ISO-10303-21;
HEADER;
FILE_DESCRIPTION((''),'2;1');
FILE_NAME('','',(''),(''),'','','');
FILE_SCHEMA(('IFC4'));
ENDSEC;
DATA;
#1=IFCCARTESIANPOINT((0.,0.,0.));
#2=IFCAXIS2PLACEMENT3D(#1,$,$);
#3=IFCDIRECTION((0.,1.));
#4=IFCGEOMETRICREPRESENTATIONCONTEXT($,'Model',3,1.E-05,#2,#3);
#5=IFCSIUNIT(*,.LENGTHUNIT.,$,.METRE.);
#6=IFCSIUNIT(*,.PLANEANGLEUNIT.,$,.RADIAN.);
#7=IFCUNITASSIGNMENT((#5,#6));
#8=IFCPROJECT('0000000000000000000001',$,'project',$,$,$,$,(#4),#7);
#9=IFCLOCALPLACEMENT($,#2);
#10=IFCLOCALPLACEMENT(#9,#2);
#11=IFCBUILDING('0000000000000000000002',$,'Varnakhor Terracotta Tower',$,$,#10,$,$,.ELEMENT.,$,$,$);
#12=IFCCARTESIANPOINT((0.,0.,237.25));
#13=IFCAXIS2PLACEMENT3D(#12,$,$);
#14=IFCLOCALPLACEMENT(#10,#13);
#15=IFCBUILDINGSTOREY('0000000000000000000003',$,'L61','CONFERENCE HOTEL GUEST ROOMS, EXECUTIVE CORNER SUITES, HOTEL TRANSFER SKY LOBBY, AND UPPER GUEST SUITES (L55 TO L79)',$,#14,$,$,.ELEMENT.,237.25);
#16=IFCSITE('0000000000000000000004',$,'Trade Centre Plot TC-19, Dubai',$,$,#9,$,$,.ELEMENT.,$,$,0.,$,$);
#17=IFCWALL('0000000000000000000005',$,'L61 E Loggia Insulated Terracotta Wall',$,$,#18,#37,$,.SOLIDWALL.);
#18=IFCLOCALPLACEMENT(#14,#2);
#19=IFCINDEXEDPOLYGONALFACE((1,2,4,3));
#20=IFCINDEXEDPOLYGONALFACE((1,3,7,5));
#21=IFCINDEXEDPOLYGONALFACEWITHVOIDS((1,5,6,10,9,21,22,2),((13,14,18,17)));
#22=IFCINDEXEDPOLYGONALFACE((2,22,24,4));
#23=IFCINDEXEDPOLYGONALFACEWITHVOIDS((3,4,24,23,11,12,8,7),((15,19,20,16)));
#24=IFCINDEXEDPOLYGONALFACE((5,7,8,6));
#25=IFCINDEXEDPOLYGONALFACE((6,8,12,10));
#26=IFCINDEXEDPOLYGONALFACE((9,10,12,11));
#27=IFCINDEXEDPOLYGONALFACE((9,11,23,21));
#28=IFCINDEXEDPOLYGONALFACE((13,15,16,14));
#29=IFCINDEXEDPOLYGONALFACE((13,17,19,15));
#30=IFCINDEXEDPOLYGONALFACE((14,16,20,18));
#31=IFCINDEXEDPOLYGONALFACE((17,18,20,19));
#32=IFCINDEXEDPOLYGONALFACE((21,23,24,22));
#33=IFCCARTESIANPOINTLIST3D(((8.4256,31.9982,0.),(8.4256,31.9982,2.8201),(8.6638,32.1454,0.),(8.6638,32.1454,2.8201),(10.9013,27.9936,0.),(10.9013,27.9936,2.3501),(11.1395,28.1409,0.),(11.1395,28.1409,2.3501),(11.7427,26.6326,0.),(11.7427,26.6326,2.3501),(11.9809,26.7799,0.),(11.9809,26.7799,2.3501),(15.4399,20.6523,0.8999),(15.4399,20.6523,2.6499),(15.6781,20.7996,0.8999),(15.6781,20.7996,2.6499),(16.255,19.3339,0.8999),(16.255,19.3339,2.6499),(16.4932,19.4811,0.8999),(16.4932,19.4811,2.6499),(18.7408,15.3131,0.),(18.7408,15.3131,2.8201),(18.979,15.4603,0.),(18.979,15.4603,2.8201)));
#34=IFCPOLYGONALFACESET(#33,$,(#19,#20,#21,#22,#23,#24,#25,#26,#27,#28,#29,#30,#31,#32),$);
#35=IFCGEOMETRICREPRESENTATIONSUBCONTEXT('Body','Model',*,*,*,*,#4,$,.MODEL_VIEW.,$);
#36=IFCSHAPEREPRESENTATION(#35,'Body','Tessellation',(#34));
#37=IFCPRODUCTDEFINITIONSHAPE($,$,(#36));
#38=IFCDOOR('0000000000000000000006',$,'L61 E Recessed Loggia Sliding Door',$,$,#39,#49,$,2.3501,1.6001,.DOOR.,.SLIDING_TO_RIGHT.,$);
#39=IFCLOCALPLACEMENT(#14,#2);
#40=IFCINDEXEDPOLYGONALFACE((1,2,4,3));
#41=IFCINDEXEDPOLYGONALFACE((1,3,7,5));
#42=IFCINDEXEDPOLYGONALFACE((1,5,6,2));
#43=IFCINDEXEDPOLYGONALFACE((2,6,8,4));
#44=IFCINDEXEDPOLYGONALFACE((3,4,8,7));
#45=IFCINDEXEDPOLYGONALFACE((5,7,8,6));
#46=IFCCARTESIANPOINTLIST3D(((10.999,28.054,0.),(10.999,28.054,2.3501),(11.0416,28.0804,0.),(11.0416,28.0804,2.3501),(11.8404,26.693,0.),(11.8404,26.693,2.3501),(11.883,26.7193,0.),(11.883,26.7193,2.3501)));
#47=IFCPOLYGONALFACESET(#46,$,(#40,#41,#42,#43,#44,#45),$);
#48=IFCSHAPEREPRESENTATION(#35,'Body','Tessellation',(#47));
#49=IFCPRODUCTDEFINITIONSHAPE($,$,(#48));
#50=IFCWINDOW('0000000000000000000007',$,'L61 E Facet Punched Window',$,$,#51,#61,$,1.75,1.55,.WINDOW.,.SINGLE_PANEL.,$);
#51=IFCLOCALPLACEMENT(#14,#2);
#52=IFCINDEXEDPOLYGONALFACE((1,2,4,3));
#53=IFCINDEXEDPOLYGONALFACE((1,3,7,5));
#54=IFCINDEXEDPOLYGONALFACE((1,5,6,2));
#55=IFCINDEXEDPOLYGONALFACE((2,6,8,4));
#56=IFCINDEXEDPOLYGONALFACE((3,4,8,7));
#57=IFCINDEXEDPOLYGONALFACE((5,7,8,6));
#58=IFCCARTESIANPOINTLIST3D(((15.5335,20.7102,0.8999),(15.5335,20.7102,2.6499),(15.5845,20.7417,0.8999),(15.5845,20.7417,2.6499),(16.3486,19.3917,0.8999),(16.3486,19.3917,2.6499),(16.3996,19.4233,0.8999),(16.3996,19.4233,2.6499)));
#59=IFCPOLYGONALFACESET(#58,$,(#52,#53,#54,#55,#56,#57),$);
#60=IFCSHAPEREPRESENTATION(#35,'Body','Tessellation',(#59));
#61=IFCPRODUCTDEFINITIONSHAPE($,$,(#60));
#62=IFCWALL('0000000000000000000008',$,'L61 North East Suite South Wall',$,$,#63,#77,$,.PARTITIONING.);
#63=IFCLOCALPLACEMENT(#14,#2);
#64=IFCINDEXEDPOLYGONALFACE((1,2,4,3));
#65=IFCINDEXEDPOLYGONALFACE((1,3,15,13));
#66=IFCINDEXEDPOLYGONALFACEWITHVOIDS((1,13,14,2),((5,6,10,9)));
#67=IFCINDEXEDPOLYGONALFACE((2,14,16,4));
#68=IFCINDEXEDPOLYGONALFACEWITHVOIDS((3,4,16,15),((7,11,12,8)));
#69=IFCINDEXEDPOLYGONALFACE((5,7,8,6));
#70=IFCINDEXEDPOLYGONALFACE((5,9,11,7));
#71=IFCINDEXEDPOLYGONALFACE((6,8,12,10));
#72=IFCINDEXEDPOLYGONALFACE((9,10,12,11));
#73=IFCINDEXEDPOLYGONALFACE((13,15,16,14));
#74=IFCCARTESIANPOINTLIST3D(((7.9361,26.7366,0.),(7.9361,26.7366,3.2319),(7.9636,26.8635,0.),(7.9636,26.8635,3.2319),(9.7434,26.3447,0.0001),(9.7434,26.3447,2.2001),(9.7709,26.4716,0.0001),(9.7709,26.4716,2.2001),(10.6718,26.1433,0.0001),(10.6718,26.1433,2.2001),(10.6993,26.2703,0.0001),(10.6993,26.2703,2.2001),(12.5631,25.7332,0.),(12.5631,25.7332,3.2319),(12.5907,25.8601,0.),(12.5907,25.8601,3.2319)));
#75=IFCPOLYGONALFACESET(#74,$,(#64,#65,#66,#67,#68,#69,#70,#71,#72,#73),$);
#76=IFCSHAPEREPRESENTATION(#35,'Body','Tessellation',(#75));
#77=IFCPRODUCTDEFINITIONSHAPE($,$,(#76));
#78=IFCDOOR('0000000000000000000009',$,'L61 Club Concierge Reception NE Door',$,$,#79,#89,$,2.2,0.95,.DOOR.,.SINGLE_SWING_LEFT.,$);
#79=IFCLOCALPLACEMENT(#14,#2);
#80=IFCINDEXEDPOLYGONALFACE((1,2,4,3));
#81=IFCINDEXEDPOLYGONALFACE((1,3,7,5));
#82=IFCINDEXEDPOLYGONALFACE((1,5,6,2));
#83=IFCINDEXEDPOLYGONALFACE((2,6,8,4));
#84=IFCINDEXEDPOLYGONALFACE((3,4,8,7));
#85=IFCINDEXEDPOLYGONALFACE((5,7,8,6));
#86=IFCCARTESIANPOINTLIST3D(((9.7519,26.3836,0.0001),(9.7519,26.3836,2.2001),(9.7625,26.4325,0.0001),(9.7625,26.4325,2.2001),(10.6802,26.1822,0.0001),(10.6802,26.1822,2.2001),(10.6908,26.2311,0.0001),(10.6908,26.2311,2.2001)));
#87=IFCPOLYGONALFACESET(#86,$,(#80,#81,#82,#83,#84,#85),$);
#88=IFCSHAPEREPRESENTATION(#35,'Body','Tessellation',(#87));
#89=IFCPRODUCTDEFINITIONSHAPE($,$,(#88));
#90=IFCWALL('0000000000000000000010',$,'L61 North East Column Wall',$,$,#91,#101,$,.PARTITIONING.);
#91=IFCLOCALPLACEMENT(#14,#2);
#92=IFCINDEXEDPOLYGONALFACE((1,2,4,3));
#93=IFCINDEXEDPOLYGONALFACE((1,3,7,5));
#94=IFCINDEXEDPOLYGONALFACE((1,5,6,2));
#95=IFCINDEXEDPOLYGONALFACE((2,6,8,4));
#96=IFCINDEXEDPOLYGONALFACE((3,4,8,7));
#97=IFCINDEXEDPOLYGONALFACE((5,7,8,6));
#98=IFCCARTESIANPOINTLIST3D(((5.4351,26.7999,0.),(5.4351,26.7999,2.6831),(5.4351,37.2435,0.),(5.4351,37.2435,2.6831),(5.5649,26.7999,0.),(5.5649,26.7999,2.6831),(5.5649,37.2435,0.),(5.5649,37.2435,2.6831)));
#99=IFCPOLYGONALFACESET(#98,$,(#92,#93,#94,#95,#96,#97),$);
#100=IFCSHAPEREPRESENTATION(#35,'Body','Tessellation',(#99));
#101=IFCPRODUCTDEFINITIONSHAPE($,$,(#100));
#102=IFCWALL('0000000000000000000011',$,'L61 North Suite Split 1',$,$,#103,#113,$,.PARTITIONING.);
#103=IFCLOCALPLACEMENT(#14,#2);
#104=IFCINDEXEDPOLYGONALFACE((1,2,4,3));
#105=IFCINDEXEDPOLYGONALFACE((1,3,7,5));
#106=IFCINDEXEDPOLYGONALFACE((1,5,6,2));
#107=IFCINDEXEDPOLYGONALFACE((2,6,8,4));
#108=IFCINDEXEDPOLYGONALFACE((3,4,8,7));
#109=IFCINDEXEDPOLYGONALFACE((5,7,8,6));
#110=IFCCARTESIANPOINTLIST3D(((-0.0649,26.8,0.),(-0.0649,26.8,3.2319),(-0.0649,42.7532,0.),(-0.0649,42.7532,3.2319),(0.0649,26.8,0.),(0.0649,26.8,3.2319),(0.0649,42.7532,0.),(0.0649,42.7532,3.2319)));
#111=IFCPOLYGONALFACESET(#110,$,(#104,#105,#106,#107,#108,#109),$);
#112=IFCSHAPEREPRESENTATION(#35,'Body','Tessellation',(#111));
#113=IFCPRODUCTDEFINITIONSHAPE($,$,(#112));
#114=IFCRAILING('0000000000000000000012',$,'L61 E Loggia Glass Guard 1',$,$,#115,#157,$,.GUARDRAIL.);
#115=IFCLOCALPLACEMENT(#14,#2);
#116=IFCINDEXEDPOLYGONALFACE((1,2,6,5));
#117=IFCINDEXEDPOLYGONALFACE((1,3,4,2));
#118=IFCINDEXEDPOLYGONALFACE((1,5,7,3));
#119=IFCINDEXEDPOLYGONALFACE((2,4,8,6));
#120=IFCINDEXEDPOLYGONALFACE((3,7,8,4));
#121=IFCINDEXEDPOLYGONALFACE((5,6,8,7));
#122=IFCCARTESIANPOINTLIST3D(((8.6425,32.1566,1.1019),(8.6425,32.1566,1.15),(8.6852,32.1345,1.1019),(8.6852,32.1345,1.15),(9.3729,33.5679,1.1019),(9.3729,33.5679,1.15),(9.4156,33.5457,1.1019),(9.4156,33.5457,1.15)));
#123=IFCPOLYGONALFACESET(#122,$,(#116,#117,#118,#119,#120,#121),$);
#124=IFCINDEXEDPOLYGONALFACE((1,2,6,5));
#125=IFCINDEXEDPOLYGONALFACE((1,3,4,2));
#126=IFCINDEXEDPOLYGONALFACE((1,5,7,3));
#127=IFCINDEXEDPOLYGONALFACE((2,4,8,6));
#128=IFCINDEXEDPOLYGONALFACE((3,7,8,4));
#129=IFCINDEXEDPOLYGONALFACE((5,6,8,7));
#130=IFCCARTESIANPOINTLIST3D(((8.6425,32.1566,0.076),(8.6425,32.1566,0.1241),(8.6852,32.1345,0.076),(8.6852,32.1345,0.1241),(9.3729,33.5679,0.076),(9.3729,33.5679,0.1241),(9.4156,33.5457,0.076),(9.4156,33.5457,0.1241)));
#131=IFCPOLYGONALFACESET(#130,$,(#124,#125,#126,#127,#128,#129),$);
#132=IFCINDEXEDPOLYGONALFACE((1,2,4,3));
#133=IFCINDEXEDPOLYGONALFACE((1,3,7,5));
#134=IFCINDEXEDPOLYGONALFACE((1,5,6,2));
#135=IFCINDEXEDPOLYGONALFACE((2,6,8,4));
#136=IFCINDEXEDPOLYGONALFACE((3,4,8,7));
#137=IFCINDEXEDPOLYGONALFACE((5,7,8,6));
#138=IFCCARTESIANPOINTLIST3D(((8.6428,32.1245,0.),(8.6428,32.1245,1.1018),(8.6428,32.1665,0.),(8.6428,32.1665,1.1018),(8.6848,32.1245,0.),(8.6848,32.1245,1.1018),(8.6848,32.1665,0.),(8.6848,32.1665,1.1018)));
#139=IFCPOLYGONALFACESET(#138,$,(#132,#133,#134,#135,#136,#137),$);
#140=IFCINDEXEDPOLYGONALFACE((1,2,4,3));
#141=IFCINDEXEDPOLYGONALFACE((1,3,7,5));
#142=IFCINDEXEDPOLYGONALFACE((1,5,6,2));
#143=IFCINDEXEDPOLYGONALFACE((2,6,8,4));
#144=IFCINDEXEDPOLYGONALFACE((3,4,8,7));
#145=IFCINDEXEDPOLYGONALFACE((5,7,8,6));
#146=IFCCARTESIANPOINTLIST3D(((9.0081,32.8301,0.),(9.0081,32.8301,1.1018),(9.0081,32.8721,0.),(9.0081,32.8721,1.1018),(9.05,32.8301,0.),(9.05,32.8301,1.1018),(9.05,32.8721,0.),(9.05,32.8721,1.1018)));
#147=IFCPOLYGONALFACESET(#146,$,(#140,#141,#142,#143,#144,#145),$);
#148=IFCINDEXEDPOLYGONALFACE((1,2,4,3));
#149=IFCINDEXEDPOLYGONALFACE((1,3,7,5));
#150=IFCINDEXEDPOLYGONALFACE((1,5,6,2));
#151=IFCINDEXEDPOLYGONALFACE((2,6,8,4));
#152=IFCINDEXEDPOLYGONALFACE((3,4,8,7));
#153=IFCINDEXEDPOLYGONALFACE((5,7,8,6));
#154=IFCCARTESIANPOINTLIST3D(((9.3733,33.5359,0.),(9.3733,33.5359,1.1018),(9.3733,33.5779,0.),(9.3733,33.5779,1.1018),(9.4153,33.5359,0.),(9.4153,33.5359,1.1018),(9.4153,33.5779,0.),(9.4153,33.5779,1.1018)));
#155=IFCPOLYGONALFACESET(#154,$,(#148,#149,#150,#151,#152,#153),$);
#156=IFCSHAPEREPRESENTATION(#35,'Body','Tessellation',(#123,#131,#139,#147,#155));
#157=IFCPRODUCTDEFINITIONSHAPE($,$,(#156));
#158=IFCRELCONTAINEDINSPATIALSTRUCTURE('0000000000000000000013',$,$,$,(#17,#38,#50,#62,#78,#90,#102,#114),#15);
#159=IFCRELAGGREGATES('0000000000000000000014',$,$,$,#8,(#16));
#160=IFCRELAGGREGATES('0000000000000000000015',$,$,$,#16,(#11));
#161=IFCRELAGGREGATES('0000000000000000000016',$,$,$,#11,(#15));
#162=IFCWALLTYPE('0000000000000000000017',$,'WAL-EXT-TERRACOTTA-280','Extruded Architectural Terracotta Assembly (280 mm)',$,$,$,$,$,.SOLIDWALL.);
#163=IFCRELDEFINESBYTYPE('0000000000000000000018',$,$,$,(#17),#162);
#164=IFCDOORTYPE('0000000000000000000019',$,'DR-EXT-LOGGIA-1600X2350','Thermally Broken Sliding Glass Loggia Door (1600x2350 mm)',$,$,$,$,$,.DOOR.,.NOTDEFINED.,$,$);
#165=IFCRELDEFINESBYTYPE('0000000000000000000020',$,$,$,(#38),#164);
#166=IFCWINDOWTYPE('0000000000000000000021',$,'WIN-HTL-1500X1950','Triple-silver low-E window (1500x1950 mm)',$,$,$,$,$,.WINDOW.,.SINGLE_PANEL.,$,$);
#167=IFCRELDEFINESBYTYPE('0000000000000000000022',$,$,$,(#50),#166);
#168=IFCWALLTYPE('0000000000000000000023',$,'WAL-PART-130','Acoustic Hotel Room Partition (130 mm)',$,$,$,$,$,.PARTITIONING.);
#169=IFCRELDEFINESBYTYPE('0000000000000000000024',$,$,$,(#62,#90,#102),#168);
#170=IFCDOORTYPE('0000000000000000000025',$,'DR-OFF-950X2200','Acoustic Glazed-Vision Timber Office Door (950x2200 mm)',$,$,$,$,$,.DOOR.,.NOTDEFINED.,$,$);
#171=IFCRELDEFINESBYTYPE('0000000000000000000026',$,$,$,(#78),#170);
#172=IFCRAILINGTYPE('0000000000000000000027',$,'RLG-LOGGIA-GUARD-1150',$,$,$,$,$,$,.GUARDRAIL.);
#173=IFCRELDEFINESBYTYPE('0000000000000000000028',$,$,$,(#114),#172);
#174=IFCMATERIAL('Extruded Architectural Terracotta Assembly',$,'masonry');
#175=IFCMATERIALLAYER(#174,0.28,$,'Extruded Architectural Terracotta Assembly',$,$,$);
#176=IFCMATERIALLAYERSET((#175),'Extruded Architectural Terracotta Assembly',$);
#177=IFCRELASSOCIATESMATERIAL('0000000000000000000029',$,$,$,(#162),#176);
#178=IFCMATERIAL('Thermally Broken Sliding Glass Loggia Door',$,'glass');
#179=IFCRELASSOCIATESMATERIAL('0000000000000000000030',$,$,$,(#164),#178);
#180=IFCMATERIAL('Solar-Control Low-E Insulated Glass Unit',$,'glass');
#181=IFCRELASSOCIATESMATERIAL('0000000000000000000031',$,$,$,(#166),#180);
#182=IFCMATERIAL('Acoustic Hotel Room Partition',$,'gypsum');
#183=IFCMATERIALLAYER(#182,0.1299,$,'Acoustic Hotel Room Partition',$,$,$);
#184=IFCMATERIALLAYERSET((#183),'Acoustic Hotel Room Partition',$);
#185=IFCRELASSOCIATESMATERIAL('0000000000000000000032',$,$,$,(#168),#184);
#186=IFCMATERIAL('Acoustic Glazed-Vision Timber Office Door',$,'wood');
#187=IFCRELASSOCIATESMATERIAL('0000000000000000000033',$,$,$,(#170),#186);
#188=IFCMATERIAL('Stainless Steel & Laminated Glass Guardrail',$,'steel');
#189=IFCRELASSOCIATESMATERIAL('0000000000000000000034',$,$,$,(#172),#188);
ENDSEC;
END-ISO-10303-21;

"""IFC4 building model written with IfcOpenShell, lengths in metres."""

from ifc_helpers import new_model, si_unit, direction, frame, frame_2d, origin, origin_2d, place, context, subcontext, project, spatial, rectangle, extrude, source, transform, mapped, material, layer, layer_set, type_object, type_shapes, element, fill, save


model = new_model("IFC4")

# Units and contexts
model_context = context("Model", 3, precision=1e-05, world=origin(), true_north=direction((0.0, 1.0)))
body_context = subcontext(model_context, "Body", "Model", "MODEL_VIEW")
ifc_project = project(units=[si_unit("LENGTHUNIT", "METRE"), si_unit("PLANEANGLEUNIT", "RADIAN")], contexts=[model_context])

# Site, building, storey
site_placement = place(None, origin())
site = spatial("IfcSite", under=ifc_project, at=site_placement, Name="Trade Centre Plot TC-19, Dubai", CompositionType="ELEMENT", RefElevation=0.0)
building_placement = place(site_placement, origin())
building = spatial("IfcBuilding", under=site, at=building_placement, Name="Varnakhor Terracotta Tower", CompositionType="ELEMENT")
storey_placement = place(building_placement, frame((0.0, 0.0, 237.25)))
storey = spatial("IfcBuildingStorey", under=building, at=storey_placement, Name="L61", Description="CONFERENCE HOTEL GUEST ROOMS, EXECUTIVE CORNER SUITES, HOTEL TRANSFER SKY LOBBY, AND UPPER GUEST SUITES (L55 TO L79)", CompositionType="ELEMENT", Elevation=237.25)

# Wall, openings, door, window
ifc_material_1 = material(Name="Extruded Architectural Terracotta Assembly", Category="masonry")
ifc_layer_1 = layer(ifc_material_1, 0.28, Name="Extruded Architectural Terracotta Assembly")
ifc_layer_set_1 = layer_set([ifc_layer_1], Name="Extruded Architectural Terracotta Assembly")
wall_type_1 = type_object("IfcWallType", Name="WAL-EXT-TERRACOTTA-280", Description="Extruded Architectural Terracotta Assembly (280 mm)", PredefinedType="SOLIDWALL", material=ifc_layer_set_1)
wall_1_placement = place(storey_placement, frame((8.5447, 32.0718, 0.0), z_axis=(0.0, 0.0, 1.0), x_axis=(0.525851, -0.850577, 0.0)))
wall_1 = element("IfcWall", 1, at=wall_1_placement, inside=storey, type_object=wall_type_1, Name="L61 E Loggia Insulated Terracotta Wall", PredefinedType="SOLIDWALL", context=body_context, shape_type="SweptSolid", body=[
    extrude(rectangle(XDim=19.6162, YDim=0.28, at=frame_2d((9.8081, 0.0))), origin(), (0.0, 0.0, 1.0), 2.8201),
])
opening_1_placement = place(wall_1_placement, frame((4.708, 0.0, 0.0)))
opening_1 = element("IfcOpeningElement", 2, at=opening_1_placement, cuts=wall_1, PredefinedType="OPENING", context=body_context, shape_type="SweptSolid", body=[
    extrude(rectangle(XDim=1.6001, YDim=2.3501, at=frame_2d((0.8, 1.175))), frame((0.0, 0.1499, 0.0), z_axis=(0.0, -1.0, 0.0), x_axis=(1.0, 0.0, 0.0)), (0.0, 0.0, 1.0), 0.3),
])
opening_2_placement = place(wall_1_placement, frame((13.3391, 0.0, 0.8999)))
opening_2 = element("IfcOpeningElement", 3, at=opening_2_placement, cuts=wall_1, PredefinedType="OPENING", context=body_context, shape_type="SweptSolid", body=[
    extrude(rectangle(XDim=1.55, YDim=1.75, at=frame_2d((0.7749, 0.875))), frame((0.0, 0.1499, 0.0), z_axis=(0.0, -1.0, 0.0), x_axis=(1.0, 0.0, 0.0)), (0.0, 0.0, 1.0), 0.3),
])
ifc_material_2 = material(Name="Thermally Broken Sliding Glass Loggia Door", Category="glass")
door_type_1 = type_object("IfcDoorType", Name="DR-EXT-LOGGIA-1600X2350", Description="Thermally Broken Sliding Glass Loggia Door (1600x2350 mm)", OperationType="NOTDEFINED", PredefinedType="DOOR", material=ifc_material_2)
shared_shape_1 = source(origin(), body_context, "Body", "SweptSolid", [
    extrude(rectangle(XDim=1.6001, YDim=2.3501, at=frame_2d((0.8, 1.175))), frame((0.0, 0.0249, 0.0), z_axis=(0.0, -1.0, 0.0), x_axis=(1.0, 0.0, 0.0)), (0.0, 0.0, 1.0), 0.05),
])
type_shapes(door_type_1, [shared_shape_1])
door_1_placement = place(opening_1_placement, origin())
door_1 = element("IfcDoor", 4, at=door_1_placement, inside=storey, type_object=door_type_1, Name="L61 E Recessed Loggia Sliding Door", OperationType="SLIDING_TO_RIGHT", OverallHeight=2.3501, OverallWidth=1.6001, PredefinedType="DOOR", context=body_context, shape_type="MappedRepresentation", body=[
    mapped(shared_shape_1, transform((0.0, 0.0, 0.0), scale=1.0)),
])
fill(opening_1, door_1)
ifc_material_3 = material(Name="Solar-Control Low-E Insulated Glass Unit", Category="glass")
window_type = type_object("IfcWindowType", Name="WIN-HTL-1500X1950", Description="Triple-silver low-E window (1500x1950 mm)", PartitioningType="SINGLE_PANEL", PredefinedType="WINDOW", material=ifc_material_3)
shared_shape_2 = source(origin(), body_context, "Body", "SweptSolid", [
    extrude(rectangle(XDim=1.55, YDim=1.75, at=frame_2d((0.7749, 0.875))), frame((0.0, 0.03, 0.0), z_axis=(0.0, -1.0, 0.0), x_axis=(1.0, 0.0, 0.0)), (0.0, 0.0, 1.0), 0.0601),
])
type_shapes(window_type, [shared_shape_2])
window_placement = place(opening_2_placement, origin())
window = element("IfcWindow", 5, at=window_placement, inside=storey, type_object=window_type, Name="L61 E Facet Punched Window", OverallHeight=1.75, OverallWidth=1.55, PartitioningType="SINGLE_PANEL", PredefinedType="WINDOW", context=body_context, shape_type="MappedRepresentation", body=[
    mapped(shared_shape_2, transform((0.0, 0.0, 0.0), scale=1.0)),
])
fill(opening_2, window)

# Wall, opening, door
ifc_material_4 = material(Name="Acoustic Hotel Room Partition", Category="gypsum")
ifc_layer_2 = layer(ifc_material_4, 0.1299, Name="Acoustic Hotel Room Partition")
ifc_layer_set_2 = layer_set([ifc_layer_2], Name="Acoustic Hotel Room Partition")
wall_type_2 = type_object("IfcWallType", Name="WAL-PART-130", Description="Acoustic Hotel Room Partition (130 mm)", PredefinedType="PARTITIONING", material=ifc_layer_set_2)
wall_2_placement = place(storey_placement, frame((7.95, 26.8, 0.0), z_axis=(0.0, 0.0, 1.0), x_axis=(0.977283, -0.211937, 0.0)))
wall_2 = element("IfcWall", 6, at=wall_2_placement, inside=storey, type_object=wall_type_2, Name="L61 North East Suite South Wall", PredefinedType="PARTITIONING", context=body_context, shape_type="SweptSolid", body=[
    extrude(rectangle(XDim=4.7346, YDim=0.1299, at=frame_2d((2.3672, 0.0))), origin(), (0.0, 0.0, 1.0), 3.2319),
])
opening_3_placement = place(wall_2_placement, frame((1.8491, 0.0, 0.0)))
opening_3 = element("IfcOpeningElement", 7, at=opening_3_placement, cuts=wall_2, PredefinedType="OPENING", context=body_context, shape_type="SweptSolid", body=[
    extrude(rectangle(XDim=0.95, YDim=2.2, at=frame_2d((0.4751, 1.1001))), frame((0.0, 0.075, 0.0), z_axis=(0.0, -1.0, 0.0), x_axis=(1.0, 0.0, 0.0)), (0.0, 0.0, 1.0), 0.1499),
])
ifc_material_5 = material(Name="Acoustic Glazed-Vision Timber Office Door", Category="wood")
door_type_2 = type_object("IfcDoorType", Name="DR-OFF-950X2200", Description="Acoustic Glazed-Vision Timber Office Door (950x2200 mm)", OperationType="NOTDEFINED", PredefinedType="DOOR", material=ifc_material_5)
shared_shape_3 = source(origin(), body_context, "Body", "SweptSolid", [
    extrude(rectangle(XDim=0.95, YDim=2.2, at=frame_2d((0.4751, 1.1001))), frame((0.0, 0.0249, 0.0), z_axis=(0.0, -1.0, 0.0), x_axis=(1.0, 0.0, 0.0)), (0.0, 0.0, 1.0), 0.05),
])
type_shapes(door_type_2, [shared_shape_3])
door_2_placement = place(opening_3_placement, origin())
door_2 = element("IfcDoor", 8, at=door_2_placement, inside=storey, type_object=door_type_2, Name="L61 Club Concierge Reception NE Door", OperationType="SINGLE_SWING_LEFT", OverallHeight=2.2, OverallWidth=0.95, PredefinedType="DOOR", context=body_context, shape_type="MappedRepresentation", body=[
    mapped(shared_shape_3, transform((0.0, 0.0, 0.0), scale=1.0)),
])
fill(opening_3, door_2)

# Walls
wall_3_placement = place(storey_placement, frame((5.5, 26.8, 0.0), z_axis=(0.0, 0.0, 1.0), x_axis=(0.0, 1.0, 0.0)))
element("IfcWall", 9, at=wall_3_placement, inside=storey, type_object=wall_type_2, Name="L61 North East Column Wall", PredefinedType="PARTITIONING", context=body_context, shape_type="SweptSolid", body=[
    extrude(rectangle(XDim=10.4436, YDim=0.1299, at=frame_2d((5.2217, 0.0))), origin(), (0.0, 0.0, 1.0), 2.6831),
])
wall_4_placement = place(storey_placement, frame((0.0, 26.8, 0.0), z_axis=(0.0, 0.0, 1.0), x_axis=(0.0, 1.0, 0.0)))
element("IfcWall", 10, at=wall_4_placement, inside=storey, type_object=wall_type_2, Name="L61 North Suite Split 1", PredefinedType="PARTITIONING", context=body_context, shape_type="SweptSolid", body=[
    extrude(rectangle(XDim=15.9531, YDim=0.1299, at=frame_2d((7.9766, 0.0))), origin(), (0.0, 0.0, 1.0), 3.2319),
])

# Railing
ifc_material_6 = material(Name="Stainless Steel & Laminated Glass Guardrail", Category="steel")
railing_type = type_object("IfcRailingType", Name="RLG-LOGGIA-GUARD-1150", PredefinedType="GUARDRAIL", material=ifc_material_6)
railing_1_placement = place(storey_placement, frame((8.6638, 32.1455, 0.0)))
element("IfcRailing", 11, at=railing_1_placement, inside=storey, type_object=railing_type, Name="L61 E Loggia Glass Guard 1", PredefinedType="GUARDRAIL", context=body_context, shape_type="SweptSolid", body=[
    extrude(rectangle(XDim=0.0481, YDim=0.0481, at=origin_2d()), frame((0.0, 0.0, 1.126), z_axis=(0.459644, 0.888103, 0.0), x_axis=(-0.888103, 0.459644, 0.0)), (0.0, 0.0, 1.0), 1.5891),
    extrude(rectangle(XDim=0.0481, YDim=0.0481, at=origin_2d()), frame((0.0, 0.0, 0.1001), z_axis=(0.459644, 0.888103, 0.0), x_axis=(-0.888103, 0.459644, 0.0)), (0.0, 0.0, 1.0), 1.5891),
    extrude(rectangle(XDim=0.042, YDim=0.042, at=origin_2d()), origin(), (0.0, 0.0, 1.0), 1.1018),
    extrude(rectangle(XDim=0.042, YDim=0.042, at=origin_2d()), frame((0.3652, 0.7056, 0.0)), (0.0, 0.0, 1.0), 1.1018),
    extrude(rectangle(XDim=0.042, YDim=0.042, at=origin_2d()), frame((0.7305, 1.4114, 0.0)), (0.0, 0.0, 1.0), 1.1018),
])

save(model, "model.ifc")
